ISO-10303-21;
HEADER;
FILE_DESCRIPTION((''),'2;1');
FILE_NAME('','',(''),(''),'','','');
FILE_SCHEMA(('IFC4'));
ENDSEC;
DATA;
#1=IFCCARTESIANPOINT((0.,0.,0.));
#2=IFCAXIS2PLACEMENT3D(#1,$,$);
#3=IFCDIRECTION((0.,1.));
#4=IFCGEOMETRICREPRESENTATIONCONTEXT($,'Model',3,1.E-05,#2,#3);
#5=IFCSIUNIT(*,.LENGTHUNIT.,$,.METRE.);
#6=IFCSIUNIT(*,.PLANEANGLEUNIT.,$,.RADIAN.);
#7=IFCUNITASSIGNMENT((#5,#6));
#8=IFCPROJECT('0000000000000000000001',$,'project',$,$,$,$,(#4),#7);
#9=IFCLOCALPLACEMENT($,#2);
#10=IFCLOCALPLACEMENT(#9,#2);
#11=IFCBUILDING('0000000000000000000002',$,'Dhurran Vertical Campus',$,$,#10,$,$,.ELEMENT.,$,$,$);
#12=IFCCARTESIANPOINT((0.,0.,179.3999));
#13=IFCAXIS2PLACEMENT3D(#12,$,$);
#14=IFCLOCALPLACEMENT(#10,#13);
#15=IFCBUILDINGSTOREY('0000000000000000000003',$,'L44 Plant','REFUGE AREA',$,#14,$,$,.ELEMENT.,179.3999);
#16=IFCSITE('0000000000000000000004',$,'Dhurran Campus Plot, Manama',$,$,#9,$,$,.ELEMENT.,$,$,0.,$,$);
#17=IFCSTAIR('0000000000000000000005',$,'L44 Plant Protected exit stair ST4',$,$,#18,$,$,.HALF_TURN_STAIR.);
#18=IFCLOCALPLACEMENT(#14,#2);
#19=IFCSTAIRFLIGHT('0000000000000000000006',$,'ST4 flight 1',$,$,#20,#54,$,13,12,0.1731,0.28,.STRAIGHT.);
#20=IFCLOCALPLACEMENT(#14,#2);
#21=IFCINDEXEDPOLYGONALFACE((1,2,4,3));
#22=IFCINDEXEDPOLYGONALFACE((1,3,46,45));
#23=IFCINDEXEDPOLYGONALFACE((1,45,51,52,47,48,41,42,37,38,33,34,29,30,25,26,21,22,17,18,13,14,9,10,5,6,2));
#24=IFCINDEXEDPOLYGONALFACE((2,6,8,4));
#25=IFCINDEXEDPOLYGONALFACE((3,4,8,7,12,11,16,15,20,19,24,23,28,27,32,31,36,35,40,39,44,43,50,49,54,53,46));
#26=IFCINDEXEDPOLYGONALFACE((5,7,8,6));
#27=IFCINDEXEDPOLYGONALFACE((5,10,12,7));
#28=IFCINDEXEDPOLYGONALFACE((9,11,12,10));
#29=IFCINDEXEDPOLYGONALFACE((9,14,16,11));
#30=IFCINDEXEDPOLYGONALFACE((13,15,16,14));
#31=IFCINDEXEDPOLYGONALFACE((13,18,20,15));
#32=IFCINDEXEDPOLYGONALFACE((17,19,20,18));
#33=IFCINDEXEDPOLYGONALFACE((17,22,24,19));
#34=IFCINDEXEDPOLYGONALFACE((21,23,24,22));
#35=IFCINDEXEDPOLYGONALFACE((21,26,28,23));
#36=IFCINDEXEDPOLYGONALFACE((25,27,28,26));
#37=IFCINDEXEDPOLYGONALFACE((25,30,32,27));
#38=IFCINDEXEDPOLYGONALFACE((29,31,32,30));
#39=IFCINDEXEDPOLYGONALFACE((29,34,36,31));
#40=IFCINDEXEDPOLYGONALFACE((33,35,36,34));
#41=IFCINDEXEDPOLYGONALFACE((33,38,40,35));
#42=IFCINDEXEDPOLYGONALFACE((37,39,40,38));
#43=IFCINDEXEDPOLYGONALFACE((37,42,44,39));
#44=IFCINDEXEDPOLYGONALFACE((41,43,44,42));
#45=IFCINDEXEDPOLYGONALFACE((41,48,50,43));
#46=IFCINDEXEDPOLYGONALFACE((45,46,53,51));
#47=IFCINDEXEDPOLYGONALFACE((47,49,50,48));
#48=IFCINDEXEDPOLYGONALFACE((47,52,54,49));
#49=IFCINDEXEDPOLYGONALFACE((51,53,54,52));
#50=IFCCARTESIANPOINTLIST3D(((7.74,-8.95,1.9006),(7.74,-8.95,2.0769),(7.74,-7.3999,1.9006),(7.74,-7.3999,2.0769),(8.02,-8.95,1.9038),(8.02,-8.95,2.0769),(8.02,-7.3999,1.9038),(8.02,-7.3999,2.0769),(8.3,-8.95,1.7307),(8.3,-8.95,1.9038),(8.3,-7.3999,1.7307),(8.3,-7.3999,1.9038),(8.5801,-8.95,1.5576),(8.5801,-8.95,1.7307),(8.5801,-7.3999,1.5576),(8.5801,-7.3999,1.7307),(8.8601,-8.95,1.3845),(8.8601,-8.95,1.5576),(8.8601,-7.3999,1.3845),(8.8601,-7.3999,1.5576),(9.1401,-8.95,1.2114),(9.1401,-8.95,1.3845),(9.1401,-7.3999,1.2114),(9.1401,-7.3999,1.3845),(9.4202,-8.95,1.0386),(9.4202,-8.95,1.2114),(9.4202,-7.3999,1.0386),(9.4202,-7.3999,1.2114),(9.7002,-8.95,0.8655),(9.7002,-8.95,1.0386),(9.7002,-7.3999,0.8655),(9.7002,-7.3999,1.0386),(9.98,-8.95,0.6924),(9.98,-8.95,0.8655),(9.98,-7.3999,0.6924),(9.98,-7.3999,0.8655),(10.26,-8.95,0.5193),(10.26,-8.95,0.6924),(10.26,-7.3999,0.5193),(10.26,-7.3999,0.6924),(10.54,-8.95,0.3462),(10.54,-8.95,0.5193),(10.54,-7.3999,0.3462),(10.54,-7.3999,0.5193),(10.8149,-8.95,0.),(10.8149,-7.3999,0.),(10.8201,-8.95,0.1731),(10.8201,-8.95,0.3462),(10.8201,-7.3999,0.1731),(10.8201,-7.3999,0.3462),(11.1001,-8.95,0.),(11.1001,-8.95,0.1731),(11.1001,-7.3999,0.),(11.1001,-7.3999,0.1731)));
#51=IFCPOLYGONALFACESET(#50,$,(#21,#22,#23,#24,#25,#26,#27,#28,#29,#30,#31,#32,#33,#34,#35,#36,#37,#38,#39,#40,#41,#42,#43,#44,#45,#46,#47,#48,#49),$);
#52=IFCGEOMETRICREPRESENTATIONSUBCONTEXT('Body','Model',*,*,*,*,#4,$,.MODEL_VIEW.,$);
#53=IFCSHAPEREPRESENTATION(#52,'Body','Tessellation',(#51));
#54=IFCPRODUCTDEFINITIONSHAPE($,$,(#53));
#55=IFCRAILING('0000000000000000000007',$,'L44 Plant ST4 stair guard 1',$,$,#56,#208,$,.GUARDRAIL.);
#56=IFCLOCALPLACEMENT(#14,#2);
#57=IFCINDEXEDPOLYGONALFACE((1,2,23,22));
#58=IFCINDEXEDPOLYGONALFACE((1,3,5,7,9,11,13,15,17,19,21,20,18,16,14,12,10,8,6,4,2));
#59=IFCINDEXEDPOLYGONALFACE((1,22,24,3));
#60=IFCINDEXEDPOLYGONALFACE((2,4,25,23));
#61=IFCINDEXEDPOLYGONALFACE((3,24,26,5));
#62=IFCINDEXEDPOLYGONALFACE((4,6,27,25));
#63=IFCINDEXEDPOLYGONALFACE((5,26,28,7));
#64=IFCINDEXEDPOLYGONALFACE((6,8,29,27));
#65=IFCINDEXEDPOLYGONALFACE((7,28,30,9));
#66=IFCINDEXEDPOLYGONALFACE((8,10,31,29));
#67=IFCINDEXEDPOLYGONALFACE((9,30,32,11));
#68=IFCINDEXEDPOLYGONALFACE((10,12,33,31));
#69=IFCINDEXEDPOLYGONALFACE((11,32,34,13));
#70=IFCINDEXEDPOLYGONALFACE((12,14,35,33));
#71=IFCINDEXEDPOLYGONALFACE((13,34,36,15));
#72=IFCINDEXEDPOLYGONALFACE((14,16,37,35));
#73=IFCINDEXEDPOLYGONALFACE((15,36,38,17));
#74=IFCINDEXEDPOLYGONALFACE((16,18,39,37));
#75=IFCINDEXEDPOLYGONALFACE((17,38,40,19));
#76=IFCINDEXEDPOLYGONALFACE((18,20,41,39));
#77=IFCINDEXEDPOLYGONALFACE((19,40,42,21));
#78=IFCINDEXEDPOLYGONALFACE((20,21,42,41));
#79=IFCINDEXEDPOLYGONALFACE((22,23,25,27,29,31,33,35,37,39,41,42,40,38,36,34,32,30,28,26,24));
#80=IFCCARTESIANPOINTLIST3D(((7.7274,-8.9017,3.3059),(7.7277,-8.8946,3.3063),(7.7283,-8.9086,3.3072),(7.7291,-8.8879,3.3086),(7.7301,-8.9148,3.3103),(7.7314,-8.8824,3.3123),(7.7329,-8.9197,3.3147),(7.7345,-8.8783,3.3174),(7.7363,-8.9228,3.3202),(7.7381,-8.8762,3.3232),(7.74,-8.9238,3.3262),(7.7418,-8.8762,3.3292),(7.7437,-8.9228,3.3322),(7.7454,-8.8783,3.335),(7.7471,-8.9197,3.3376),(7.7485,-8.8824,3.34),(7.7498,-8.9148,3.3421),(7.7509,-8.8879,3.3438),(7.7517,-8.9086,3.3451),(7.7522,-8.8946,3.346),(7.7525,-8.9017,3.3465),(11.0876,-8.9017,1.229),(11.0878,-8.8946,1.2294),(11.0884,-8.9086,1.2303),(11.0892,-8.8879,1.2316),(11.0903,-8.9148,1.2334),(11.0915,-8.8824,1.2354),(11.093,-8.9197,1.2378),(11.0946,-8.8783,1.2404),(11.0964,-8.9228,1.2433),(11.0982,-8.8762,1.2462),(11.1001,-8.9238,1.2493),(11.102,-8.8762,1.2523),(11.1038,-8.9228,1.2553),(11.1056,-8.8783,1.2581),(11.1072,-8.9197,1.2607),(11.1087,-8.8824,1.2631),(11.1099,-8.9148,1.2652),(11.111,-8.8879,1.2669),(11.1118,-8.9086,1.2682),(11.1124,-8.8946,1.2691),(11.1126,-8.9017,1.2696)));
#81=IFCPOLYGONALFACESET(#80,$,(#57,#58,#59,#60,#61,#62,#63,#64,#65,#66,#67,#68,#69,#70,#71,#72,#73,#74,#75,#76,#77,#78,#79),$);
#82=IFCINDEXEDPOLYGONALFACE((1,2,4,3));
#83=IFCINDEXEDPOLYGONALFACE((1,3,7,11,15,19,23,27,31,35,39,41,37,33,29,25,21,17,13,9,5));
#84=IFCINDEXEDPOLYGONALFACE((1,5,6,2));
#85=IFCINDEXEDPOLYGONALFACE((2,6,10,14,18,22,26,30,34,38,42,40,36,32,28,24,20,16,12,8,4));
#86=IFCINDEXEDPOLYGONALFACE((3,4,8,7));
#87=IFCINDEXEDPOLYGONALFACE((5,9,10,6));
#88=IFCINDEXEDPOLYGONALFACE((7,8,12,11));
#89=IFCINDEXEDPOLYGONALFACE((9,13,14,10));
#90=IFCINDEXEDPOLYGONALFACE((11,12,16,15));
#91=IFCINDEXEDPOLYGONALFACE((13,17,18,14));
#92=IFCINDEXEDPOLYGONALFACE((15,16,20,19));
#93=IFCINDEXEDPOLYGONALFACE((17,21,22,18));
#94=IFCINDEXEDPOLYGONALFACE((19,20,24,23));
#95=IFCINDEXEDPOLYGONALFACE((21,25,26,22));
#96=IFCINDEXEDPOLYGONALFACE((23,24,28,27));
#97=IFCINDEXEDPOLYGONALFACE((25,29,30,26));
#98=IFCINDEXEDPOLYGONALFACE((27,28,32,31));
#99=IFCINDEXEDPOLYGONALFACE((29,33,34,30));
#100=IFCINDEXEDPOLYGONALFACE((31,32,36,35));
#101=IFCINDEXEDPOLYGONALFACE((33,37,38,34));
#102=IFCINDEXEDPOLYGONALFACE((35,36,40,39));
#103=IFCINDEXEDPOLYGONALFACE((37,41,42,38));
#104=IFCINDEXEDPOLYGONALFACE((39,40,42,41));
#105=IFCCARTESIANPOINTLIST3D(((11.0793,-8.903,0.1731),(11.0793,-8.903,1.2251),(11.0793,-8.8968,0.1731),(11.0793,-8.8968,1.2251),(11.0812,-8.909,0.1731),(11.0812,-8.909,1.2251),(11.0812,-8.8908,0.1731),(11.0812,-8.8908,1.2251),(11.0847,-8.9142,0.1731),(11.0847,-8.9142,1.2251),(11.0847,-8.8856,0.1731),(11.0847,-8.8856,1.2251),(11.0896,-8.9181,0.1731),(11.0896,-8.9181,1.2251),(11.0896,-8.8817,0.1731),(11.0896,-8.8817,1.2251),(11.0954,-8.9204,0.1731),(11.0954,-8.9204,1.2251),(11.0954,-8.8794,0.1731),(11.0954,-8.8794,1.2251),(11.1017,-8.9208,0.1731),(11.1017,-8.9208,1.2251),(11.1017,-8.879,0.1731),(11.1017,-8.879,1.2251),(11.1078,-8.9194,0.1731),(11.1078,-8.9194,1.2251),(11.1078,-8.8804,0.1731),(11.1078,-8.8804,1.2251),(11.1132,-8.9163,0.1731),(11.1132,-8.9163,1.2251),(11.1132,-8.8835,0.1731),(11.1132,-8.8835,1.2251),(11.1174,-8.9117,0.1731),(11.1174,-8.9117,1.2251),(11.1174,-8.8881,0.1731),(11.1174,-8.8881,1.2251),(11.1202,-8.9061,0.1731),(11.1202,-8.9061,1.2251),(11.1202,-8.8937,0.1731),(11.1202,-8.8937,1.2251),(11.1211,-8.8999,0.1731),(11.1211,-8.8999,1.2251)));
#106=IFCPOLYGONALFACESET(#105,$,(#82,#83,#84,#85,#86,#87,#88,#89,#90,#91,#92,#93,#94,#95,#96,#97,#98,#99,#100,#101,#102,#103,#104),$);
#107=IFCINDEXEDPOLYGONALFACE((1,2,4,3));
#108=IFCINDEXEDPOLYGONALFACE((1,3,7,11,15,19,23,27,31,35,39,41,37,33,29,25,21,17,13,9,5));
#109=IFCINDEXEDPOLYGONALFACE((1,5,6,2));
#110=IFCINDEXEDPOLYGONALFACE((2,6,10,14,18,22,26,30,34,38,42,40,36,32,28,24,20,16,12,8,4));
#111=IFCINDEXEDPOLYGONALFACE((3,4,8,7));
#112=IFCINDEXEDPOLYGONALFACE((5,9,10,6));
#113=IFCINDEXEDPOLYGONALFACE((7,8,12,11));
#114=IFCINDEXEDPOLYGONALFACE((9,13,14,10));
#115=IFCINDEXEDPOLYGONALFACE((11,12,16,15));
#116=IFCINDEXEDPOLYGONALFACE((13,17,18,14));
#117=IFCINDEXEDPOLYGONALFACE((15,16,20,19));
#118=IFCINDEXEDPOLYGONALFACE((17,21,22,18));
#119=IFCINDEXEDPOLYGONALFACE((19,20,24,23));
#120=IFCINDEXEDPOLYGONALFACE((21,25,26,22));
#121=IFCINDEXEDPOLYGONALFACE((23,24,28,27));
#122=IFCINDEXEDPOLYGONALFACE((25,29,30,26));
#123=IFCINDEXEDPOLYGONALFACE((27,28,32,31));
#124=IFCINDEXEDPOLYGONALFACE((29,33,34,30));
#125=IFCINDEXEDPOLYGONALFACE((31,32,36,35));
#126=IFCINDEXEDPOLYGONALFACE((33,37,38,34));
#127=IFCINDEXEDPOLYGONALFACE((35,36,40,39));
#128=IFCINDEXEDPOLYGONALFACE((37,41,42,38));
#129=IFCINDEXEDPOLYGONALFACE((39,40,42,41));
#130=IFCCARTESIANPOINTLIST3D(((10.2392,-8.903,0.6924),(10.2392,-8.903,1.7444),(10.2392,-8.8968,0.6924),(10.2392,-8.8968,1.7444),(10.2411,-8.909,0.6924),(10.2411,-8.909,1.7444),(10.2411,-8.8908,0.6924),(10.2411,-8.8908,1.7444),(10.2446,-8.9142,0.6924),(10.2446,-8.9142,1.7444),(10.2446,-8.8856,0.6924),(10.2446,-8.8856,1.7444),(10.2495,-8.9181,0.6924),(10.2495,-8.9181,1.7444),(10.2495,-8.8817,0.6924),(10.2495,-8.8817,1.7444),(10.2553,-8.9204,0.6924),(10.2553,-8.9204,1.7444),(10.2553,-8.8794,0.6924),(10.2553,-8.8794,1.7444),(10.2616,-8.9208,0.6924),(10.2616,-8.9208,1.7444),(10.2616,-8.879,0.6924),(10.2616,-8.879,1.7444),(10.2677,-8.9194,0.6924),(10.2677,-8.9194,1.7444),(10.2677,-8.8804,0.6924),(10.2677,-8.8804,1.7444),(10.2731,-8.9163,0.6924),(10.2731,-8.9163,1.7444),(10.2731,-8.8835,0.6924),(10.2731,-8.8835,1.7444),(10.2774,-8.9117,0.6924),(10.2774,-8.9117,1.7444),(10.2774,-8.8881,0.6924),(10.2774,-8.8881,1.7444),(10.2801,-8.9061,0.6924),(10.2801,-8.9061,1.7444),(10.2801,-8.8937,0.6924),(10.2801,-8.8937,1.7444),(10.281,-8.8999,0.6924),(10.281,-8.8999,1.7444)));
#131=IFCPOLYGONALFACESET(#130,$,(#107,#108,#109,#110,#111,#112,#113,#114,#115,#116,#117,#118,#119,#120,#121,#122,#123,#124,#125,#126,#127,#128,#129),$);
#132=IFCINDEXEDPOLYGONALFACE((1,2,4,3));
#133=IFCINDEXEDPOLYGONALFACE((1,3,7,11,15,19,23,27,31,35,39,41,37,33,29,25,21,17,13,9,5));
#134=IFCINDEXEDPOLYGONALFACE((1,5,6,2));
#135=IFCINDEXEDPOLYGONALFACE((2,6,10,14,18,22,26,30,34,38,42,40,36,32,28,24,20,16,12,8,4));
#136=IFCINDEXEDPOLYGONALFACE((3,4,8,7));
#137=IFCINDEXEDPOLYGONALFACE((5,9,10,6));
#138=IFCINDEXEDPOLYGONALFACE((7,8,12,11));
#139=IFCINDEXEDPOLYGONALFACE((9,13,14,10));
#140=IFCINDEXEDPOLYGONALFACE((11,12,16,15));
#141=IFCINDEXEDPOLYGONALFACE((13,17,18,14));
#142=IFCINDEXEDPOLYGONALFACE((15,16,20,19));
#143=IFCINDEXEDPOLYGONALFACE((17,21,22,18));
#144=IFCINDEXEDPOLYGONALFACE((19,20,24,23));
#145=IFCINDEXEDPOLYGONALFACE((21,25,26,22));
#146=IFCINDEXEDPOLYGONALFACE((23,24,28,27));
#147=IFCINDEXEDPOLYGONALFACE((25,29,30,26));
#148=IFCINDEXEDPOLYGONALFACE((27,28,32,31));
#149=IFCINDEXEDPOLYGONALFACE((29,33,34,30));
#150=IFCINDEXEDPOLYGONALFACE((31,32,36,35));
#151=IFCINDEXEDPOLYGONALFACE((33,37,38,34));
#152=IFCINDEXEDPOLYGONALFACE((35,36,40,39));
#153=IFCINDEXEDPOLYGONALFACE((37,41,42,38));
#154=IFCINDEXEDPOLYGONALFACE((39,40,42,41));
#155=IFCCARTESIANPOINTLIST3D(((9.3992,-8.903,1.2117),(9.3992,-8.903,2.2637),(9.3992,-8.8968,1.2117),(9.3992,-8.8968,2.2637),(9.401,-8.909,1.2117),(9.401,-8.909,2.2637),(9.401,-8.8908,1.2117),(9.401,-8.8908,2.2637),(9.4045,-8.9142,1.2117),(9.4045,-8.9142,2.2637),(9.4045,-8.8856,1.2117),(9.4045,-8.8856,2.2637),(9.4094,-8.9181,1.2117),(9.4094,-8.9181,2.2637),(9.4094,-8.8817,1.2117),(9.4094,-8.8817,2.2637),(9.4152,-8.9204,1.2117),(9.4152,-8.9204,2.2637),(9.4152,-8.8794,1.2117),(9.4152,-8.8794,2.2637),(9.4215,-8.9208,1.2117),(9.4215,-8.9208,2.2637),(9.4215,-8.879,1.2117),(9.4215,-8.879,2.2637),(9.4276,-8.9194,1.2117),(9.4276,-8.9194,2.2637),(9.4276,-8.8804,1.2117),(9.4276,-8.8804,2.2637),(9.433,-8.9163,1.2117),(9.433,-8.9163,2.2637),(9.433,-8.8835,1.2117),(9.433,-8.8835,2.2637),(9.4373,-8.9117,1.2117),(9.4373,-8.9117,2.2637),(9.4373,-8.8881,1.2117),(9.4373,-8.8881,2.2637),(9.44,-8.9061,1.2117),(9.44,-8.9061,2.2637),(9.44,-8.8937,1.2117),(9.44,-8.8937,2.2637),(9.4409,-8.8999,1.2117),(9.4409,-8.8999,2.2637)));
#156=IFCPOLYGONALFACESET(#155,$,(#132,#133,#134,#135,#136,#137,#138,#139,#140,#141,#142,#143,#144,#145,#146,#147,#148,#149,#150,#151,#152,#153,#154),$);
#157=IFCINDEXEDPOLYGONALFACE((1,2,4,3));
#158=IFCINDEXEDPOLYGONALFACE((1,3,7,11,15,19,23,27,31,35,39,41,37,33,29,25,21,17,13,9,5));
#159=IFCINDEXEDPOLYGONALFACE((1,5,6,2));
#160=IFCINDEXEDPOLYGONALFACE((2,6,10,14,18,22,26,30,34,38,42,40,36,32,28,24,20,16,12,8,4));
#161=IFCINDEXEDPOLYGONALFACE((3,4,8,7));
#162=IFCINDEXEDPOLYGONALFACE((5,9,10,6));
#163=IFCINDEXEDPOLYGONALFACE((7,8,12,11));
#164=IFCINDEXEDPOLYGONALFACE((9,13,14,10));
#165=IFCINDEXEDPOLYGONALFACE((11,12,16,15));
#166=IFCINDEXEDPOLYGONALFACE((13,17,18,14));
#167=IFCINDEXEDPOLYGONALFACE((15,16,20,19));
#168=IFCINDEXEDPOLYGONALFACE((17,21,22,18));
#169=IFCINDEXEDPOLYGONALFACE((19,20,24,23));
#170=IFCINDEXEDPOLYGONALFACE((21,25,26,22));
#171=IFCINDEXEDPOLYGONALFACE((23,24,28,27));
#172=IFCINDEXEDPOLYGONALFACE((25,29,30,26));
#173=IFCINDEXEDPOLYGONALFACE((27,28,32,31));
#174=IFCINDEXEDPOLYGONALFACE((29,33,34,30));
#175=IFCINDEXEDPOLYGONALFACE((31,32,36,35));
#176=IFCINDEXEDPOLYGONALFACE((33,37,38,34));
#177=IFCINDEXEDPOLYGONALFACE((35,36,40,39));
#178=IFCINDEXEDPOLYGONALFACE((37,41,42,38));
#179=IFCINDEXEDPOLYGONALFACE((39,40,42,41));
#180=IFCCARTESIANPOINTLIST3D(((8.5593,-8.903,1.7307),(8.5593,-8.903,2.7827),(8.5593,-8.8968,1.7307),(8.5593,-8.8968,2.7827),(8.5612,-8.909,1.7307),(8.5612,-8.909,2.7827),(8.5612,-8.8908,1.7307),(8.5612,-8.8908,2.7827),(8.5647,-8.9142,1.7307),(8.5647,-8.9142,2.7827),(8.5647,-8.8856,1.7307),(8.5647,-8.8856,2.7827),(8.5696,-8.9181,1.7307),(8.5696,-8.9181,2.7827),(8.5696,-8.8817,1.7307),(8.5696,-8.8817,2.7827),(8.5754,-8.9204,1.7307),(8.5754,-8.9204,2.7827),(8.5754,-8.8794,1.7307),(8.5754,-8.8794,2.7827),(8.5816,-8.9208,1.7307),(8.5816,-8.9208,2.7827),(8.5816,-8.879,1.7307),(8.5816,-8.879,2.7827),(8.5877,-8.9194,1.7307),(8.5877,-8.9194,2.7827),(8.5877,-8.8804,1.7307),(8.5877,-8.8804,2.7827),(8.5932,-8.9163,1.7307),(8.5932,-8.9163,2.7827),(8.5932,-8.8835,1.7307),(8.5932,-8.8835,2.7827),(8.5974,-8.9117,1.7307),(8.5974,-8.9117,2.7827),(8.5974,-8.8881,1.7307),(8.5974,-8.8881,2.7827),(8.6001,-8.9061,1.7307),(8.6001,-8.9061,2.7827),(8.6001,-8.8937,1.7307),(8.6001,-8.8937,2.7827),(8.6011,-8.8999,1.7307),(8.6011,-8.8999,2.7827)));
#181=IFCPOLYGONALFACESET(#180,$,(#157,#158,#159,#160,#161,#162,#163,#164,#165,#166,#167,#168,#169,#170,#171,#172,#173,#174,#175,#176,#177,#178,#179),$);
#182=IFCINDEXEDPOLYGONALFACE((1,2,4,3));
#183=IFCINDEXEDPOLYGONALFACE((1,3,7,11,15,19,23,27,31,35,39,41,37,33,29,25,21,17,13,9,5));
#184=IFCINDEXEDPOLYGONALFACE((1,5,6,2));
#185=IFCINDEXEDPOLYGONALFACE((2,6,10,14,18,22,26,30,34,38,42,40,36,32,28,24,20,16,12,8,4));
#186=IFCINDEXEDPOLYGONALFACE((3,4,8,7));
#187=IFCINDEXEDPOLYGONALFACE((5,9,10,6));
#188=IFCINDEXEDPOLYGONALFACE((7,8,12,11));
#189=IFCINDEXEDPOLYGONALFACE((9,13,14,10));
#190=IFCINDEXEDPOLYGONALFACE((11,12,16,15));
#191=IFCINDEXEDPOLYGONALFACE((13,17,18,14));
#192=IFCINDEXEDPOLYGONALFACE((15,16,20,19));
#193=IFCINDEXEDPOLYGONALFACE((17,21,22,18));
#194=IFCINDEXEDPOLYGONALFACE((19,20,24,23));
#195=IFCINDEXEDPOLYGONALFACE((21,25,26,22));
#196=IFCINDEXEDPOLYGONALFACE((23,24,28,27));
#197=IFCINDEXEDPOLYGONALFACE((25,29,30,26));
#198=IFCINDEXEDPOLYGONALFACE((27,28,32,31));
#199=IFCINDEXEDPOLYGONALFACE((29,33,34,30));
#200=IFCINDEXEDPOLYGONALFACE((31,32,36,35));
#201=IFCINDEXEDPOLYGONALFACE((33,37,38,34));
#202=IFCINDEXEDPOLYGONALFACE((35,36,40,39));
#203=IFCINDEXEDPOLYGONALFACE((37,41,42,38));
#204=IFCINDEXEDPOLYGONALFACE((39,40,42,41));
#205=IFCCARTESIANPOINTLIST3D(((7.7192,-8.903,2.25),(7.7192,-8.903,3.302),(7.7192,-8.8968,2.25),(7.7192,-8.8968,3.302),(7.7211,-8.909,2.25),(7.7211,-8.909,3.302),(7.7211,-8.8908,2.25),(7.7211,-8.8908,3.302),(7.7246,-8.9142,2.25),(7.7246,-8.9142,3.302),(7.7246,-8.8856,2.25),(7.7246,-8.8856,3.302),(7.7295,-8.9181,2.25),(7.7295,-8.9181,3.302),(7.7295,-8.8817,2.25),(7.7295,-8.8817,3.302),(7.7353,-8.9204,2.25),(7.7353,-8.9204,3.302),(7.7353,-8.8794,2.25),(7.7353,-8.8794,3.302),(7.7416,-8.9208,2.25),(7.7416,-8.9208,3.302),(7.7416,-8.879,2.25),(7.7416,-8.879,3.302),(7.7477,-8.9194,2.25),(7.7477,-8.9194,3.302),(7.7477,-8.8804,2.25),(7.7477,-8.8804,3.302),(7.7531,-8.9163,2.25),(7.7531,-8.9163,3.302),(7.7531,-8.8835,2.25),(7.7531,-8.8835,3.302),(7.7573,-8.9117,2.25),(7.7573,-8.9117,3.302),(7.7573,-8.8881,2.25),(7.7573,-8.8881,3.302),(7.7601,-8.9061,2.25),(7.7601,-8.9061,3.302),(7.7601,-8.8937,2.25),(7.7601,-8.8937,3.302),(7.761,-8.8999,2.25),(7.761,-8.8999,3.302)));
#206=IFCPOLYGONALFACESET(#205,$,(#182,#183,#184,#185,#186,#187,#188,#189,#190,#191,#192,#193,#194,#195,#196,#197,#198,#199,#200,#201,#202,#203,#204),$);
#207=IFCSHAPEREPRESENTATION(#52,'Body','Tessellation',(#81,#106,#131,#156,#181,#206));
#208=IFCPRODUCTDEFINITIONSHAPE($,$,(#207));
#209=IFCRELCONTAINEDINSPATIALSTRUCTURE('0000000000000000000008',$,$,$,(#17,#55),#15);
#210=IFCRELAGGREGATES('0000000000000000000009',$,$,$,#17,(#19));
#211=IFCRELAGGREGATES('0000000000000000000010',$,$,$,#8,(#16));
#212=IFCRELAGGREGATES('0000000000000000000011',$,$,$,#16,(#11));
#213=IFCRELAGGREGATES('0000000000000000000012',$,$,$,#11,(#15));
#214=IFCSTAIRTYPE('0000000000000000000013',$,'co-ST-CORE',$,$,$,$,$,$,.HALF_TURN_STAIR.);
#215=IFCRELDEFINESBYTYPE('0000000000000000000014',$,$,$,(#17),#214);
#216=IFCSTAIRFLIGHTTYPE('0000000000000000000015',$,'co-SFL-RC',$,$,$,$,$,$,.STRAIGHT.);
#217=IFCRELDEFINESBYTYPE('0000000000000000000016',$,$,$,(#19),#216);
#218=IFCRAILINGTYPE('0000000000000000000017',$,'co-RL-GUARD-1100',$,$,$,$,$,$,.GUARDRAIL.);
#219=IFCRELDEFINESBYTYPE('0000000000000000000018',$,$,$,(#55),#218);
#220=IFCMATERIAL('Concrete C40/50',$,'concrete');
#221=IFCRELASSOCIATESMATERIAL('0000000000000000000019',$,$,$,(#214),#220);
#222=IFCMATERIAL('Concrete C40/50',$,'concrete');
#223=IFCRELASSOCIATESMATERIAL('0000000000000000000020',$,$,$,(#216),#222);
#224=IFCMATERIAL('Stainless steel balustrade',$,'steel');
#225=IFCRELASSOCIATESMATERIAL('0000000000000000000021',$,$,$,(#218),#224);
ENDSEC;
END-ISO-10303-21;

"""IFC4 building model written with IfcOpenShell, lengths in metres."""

from ifc_helpers import new_model, si_unit, direction, frame, origin, origin_2d, place, context, subcontext, project, spatial, polyline, circle, outline, extrude, material, type_object, element, aggregate, save


model = new_model("IFC4")

# Units and contexts
model_context = context("Model", 3, precision=1e-05, world=origin(), true_north=direction((0.0, 1.0)))
body_context = subcontext(model_context, "Body", "Model", "MODEL_VIEW")
ifc_project = project(units=[si_unit("LENGTHUNIT", "METRE"), si_unit("PLANEANGLEUNIT", "RADIAN")], contexts=[model_context])

# Site, building, storey
site_placement = place(None, origin())
site = spatial("IfcSite", under=ifc_project, at=site_placement, Name="Dhurran Campus Plot, Manama", CompositionType="ELEMENT", RefElevation=0.0)
building_placement = place(site_placement, origin())
building = spatial("IfcBuilding", under=site, at=building_placement, Name="Dhurran Vertical Campus", CompositionType="ELEMENT")
storey_placement = place(building_placement, frame((0.0, 0.0, 179.3999)))
storey = spatial("IfcBuildingStorey", under=building, at=storey_placement, Name="L44 Plant", Description="REFUGE AREA", CompositionType="ELEMENT", Elevation=179.3999)

# Stair, stair flight
ifc_material_1 = material(Name="Concrete C40/50", Category="concrete")
stair_type = type_object("IfcStairType", Name="co-ST-CORE", PredefinedType="HALF_TURN_STAIR", material=ifc_material_1)
stair_placement = place(storey_placement, origin())
stair = element("IfcStair", 1, at=stair_placement, inside=storey, type_object=stair_type, Name="L44 Plant Protected exit stair ST4", PredefinedType="HALF_TURN_STAIR")
ifc_material_2 = material(Name="Concrete C40/50", Category="concrete")
stair_flight_type = type_object("IfcStairFlightType", Name="co-SFL-RC", PredefinedType="STRAIGHT", material=ifc_material_2)
stair_flight_placement = place(storey_placement, frame((11.1001, -8.175, 0.0), z_axis=(0.0, 0.0, 1.0), x_axis=(-1.0, 0.0, 0.0)))
stair_flight = element("IfcStairFlight", 2, at=stair_flight_placement, type_object=stair_flight_type, Name="ST4 flight 1", NumberOfRisers=13, NumberOfTreads=12, PredefinedType="STRAIGHT", RiserHeight=0.1731, TreadLength=0.28, context=body_context, shape_type="SweptSolid", body=[
    extrude(outline(polyline([(0.0, 0.0), (0.0, 0.1731), (0.28, 0.1731), (0.28, 0.3462), (0.5601, 0.3462), (0.5601, 0.5193), (0.8401, 0.5193), (0.8401, 0.6924), (1.1201, 0.6924), (1.1201, 0.8655), (1.3999, 0.8655), (1.3999, 1.0386), (1.6799, 1.0386), (1.6799, 1.2114), (1.96, 1.2114), (1.96, 1.3845), (2.24, 1.3845), (2.24, 1.5576), (2.52, 1.5576), (2.52, 1.7307), (2.8, 1.7307), (2.8, 1.9038), (3.0801, 1.9038), (3.0801, 2.0769), (3.3601, 2.0769), (3.3601, 2.25), (3.3601, 1.9006), (0.2852, 0.0), (0.0, 0.0)])), frame((0.0, 0.7749, 0.0), z_axis=(0.0, -1.0, 0.0), x_axis=(1.0, 0.0, 0.0)), (0.0, 0.0, 1.0), 1.55),
])
aggregate(stair, [stair_flight])

# Railing
ifc_material_3 = material(Name="Stainless steel balustrade", Category="steel")
railing_type_1 = type_object("IfcRailingType", Name="co-RL-GUARD-1100", PredefinedType="GUARDRAIL", material=ifc_material_3)
railing_1_placement = place(storey_placement, frame((11.1001, -8.8999, 0.1731)))
element("IfcRailing", 3, at=railing_1_placement, inside=storey, type_object=railing_type_1, Name="L44 Plant ST4 stair guard 1", PredefinedType="GUARDRAIL", context=body_context, shape_type="SweptSolid", body=[
    extrude(circle(Radius=0.0239, at=origin_2d()), frame((0.0, 0.0, 1.0762), z_axis=(-0.850623, 0.0, 0.525776), x_axis=(0.0, -1.0, 0.0)), (0.0, 0.0, 1.0), 3.9502),
    extrude(circle(Radius=0.021, at=origin_2d()), origin(), (0.0, 0.0, 1.0), 1.052),
    extrude(circle(Radius=0.021, at=origin_2d()), frame((-0.8401, 0.0, 0.5193)), (0.0, 0.0, 1.0), 1.052),
    extrude(circle(Radius=0.021, at=origin_2d()), frame((-1.6802, 0.0, 1.0386)), (0.0, 0.0, 1.0), 1.052),
    extrude(circle(Radius=0.021, at=origin_2d()), frame((-2.52, 0.0, 1.5576)), (0.0, 0.0, 1.0), 1.052),
    extrude(circle(Radius=0.021, at=origin_2d()), frame((-3.3601, 0.0, 2.0769)), (0.0, 0.0, 1.0), 1.052),
])

save(model, "model.ifc")
